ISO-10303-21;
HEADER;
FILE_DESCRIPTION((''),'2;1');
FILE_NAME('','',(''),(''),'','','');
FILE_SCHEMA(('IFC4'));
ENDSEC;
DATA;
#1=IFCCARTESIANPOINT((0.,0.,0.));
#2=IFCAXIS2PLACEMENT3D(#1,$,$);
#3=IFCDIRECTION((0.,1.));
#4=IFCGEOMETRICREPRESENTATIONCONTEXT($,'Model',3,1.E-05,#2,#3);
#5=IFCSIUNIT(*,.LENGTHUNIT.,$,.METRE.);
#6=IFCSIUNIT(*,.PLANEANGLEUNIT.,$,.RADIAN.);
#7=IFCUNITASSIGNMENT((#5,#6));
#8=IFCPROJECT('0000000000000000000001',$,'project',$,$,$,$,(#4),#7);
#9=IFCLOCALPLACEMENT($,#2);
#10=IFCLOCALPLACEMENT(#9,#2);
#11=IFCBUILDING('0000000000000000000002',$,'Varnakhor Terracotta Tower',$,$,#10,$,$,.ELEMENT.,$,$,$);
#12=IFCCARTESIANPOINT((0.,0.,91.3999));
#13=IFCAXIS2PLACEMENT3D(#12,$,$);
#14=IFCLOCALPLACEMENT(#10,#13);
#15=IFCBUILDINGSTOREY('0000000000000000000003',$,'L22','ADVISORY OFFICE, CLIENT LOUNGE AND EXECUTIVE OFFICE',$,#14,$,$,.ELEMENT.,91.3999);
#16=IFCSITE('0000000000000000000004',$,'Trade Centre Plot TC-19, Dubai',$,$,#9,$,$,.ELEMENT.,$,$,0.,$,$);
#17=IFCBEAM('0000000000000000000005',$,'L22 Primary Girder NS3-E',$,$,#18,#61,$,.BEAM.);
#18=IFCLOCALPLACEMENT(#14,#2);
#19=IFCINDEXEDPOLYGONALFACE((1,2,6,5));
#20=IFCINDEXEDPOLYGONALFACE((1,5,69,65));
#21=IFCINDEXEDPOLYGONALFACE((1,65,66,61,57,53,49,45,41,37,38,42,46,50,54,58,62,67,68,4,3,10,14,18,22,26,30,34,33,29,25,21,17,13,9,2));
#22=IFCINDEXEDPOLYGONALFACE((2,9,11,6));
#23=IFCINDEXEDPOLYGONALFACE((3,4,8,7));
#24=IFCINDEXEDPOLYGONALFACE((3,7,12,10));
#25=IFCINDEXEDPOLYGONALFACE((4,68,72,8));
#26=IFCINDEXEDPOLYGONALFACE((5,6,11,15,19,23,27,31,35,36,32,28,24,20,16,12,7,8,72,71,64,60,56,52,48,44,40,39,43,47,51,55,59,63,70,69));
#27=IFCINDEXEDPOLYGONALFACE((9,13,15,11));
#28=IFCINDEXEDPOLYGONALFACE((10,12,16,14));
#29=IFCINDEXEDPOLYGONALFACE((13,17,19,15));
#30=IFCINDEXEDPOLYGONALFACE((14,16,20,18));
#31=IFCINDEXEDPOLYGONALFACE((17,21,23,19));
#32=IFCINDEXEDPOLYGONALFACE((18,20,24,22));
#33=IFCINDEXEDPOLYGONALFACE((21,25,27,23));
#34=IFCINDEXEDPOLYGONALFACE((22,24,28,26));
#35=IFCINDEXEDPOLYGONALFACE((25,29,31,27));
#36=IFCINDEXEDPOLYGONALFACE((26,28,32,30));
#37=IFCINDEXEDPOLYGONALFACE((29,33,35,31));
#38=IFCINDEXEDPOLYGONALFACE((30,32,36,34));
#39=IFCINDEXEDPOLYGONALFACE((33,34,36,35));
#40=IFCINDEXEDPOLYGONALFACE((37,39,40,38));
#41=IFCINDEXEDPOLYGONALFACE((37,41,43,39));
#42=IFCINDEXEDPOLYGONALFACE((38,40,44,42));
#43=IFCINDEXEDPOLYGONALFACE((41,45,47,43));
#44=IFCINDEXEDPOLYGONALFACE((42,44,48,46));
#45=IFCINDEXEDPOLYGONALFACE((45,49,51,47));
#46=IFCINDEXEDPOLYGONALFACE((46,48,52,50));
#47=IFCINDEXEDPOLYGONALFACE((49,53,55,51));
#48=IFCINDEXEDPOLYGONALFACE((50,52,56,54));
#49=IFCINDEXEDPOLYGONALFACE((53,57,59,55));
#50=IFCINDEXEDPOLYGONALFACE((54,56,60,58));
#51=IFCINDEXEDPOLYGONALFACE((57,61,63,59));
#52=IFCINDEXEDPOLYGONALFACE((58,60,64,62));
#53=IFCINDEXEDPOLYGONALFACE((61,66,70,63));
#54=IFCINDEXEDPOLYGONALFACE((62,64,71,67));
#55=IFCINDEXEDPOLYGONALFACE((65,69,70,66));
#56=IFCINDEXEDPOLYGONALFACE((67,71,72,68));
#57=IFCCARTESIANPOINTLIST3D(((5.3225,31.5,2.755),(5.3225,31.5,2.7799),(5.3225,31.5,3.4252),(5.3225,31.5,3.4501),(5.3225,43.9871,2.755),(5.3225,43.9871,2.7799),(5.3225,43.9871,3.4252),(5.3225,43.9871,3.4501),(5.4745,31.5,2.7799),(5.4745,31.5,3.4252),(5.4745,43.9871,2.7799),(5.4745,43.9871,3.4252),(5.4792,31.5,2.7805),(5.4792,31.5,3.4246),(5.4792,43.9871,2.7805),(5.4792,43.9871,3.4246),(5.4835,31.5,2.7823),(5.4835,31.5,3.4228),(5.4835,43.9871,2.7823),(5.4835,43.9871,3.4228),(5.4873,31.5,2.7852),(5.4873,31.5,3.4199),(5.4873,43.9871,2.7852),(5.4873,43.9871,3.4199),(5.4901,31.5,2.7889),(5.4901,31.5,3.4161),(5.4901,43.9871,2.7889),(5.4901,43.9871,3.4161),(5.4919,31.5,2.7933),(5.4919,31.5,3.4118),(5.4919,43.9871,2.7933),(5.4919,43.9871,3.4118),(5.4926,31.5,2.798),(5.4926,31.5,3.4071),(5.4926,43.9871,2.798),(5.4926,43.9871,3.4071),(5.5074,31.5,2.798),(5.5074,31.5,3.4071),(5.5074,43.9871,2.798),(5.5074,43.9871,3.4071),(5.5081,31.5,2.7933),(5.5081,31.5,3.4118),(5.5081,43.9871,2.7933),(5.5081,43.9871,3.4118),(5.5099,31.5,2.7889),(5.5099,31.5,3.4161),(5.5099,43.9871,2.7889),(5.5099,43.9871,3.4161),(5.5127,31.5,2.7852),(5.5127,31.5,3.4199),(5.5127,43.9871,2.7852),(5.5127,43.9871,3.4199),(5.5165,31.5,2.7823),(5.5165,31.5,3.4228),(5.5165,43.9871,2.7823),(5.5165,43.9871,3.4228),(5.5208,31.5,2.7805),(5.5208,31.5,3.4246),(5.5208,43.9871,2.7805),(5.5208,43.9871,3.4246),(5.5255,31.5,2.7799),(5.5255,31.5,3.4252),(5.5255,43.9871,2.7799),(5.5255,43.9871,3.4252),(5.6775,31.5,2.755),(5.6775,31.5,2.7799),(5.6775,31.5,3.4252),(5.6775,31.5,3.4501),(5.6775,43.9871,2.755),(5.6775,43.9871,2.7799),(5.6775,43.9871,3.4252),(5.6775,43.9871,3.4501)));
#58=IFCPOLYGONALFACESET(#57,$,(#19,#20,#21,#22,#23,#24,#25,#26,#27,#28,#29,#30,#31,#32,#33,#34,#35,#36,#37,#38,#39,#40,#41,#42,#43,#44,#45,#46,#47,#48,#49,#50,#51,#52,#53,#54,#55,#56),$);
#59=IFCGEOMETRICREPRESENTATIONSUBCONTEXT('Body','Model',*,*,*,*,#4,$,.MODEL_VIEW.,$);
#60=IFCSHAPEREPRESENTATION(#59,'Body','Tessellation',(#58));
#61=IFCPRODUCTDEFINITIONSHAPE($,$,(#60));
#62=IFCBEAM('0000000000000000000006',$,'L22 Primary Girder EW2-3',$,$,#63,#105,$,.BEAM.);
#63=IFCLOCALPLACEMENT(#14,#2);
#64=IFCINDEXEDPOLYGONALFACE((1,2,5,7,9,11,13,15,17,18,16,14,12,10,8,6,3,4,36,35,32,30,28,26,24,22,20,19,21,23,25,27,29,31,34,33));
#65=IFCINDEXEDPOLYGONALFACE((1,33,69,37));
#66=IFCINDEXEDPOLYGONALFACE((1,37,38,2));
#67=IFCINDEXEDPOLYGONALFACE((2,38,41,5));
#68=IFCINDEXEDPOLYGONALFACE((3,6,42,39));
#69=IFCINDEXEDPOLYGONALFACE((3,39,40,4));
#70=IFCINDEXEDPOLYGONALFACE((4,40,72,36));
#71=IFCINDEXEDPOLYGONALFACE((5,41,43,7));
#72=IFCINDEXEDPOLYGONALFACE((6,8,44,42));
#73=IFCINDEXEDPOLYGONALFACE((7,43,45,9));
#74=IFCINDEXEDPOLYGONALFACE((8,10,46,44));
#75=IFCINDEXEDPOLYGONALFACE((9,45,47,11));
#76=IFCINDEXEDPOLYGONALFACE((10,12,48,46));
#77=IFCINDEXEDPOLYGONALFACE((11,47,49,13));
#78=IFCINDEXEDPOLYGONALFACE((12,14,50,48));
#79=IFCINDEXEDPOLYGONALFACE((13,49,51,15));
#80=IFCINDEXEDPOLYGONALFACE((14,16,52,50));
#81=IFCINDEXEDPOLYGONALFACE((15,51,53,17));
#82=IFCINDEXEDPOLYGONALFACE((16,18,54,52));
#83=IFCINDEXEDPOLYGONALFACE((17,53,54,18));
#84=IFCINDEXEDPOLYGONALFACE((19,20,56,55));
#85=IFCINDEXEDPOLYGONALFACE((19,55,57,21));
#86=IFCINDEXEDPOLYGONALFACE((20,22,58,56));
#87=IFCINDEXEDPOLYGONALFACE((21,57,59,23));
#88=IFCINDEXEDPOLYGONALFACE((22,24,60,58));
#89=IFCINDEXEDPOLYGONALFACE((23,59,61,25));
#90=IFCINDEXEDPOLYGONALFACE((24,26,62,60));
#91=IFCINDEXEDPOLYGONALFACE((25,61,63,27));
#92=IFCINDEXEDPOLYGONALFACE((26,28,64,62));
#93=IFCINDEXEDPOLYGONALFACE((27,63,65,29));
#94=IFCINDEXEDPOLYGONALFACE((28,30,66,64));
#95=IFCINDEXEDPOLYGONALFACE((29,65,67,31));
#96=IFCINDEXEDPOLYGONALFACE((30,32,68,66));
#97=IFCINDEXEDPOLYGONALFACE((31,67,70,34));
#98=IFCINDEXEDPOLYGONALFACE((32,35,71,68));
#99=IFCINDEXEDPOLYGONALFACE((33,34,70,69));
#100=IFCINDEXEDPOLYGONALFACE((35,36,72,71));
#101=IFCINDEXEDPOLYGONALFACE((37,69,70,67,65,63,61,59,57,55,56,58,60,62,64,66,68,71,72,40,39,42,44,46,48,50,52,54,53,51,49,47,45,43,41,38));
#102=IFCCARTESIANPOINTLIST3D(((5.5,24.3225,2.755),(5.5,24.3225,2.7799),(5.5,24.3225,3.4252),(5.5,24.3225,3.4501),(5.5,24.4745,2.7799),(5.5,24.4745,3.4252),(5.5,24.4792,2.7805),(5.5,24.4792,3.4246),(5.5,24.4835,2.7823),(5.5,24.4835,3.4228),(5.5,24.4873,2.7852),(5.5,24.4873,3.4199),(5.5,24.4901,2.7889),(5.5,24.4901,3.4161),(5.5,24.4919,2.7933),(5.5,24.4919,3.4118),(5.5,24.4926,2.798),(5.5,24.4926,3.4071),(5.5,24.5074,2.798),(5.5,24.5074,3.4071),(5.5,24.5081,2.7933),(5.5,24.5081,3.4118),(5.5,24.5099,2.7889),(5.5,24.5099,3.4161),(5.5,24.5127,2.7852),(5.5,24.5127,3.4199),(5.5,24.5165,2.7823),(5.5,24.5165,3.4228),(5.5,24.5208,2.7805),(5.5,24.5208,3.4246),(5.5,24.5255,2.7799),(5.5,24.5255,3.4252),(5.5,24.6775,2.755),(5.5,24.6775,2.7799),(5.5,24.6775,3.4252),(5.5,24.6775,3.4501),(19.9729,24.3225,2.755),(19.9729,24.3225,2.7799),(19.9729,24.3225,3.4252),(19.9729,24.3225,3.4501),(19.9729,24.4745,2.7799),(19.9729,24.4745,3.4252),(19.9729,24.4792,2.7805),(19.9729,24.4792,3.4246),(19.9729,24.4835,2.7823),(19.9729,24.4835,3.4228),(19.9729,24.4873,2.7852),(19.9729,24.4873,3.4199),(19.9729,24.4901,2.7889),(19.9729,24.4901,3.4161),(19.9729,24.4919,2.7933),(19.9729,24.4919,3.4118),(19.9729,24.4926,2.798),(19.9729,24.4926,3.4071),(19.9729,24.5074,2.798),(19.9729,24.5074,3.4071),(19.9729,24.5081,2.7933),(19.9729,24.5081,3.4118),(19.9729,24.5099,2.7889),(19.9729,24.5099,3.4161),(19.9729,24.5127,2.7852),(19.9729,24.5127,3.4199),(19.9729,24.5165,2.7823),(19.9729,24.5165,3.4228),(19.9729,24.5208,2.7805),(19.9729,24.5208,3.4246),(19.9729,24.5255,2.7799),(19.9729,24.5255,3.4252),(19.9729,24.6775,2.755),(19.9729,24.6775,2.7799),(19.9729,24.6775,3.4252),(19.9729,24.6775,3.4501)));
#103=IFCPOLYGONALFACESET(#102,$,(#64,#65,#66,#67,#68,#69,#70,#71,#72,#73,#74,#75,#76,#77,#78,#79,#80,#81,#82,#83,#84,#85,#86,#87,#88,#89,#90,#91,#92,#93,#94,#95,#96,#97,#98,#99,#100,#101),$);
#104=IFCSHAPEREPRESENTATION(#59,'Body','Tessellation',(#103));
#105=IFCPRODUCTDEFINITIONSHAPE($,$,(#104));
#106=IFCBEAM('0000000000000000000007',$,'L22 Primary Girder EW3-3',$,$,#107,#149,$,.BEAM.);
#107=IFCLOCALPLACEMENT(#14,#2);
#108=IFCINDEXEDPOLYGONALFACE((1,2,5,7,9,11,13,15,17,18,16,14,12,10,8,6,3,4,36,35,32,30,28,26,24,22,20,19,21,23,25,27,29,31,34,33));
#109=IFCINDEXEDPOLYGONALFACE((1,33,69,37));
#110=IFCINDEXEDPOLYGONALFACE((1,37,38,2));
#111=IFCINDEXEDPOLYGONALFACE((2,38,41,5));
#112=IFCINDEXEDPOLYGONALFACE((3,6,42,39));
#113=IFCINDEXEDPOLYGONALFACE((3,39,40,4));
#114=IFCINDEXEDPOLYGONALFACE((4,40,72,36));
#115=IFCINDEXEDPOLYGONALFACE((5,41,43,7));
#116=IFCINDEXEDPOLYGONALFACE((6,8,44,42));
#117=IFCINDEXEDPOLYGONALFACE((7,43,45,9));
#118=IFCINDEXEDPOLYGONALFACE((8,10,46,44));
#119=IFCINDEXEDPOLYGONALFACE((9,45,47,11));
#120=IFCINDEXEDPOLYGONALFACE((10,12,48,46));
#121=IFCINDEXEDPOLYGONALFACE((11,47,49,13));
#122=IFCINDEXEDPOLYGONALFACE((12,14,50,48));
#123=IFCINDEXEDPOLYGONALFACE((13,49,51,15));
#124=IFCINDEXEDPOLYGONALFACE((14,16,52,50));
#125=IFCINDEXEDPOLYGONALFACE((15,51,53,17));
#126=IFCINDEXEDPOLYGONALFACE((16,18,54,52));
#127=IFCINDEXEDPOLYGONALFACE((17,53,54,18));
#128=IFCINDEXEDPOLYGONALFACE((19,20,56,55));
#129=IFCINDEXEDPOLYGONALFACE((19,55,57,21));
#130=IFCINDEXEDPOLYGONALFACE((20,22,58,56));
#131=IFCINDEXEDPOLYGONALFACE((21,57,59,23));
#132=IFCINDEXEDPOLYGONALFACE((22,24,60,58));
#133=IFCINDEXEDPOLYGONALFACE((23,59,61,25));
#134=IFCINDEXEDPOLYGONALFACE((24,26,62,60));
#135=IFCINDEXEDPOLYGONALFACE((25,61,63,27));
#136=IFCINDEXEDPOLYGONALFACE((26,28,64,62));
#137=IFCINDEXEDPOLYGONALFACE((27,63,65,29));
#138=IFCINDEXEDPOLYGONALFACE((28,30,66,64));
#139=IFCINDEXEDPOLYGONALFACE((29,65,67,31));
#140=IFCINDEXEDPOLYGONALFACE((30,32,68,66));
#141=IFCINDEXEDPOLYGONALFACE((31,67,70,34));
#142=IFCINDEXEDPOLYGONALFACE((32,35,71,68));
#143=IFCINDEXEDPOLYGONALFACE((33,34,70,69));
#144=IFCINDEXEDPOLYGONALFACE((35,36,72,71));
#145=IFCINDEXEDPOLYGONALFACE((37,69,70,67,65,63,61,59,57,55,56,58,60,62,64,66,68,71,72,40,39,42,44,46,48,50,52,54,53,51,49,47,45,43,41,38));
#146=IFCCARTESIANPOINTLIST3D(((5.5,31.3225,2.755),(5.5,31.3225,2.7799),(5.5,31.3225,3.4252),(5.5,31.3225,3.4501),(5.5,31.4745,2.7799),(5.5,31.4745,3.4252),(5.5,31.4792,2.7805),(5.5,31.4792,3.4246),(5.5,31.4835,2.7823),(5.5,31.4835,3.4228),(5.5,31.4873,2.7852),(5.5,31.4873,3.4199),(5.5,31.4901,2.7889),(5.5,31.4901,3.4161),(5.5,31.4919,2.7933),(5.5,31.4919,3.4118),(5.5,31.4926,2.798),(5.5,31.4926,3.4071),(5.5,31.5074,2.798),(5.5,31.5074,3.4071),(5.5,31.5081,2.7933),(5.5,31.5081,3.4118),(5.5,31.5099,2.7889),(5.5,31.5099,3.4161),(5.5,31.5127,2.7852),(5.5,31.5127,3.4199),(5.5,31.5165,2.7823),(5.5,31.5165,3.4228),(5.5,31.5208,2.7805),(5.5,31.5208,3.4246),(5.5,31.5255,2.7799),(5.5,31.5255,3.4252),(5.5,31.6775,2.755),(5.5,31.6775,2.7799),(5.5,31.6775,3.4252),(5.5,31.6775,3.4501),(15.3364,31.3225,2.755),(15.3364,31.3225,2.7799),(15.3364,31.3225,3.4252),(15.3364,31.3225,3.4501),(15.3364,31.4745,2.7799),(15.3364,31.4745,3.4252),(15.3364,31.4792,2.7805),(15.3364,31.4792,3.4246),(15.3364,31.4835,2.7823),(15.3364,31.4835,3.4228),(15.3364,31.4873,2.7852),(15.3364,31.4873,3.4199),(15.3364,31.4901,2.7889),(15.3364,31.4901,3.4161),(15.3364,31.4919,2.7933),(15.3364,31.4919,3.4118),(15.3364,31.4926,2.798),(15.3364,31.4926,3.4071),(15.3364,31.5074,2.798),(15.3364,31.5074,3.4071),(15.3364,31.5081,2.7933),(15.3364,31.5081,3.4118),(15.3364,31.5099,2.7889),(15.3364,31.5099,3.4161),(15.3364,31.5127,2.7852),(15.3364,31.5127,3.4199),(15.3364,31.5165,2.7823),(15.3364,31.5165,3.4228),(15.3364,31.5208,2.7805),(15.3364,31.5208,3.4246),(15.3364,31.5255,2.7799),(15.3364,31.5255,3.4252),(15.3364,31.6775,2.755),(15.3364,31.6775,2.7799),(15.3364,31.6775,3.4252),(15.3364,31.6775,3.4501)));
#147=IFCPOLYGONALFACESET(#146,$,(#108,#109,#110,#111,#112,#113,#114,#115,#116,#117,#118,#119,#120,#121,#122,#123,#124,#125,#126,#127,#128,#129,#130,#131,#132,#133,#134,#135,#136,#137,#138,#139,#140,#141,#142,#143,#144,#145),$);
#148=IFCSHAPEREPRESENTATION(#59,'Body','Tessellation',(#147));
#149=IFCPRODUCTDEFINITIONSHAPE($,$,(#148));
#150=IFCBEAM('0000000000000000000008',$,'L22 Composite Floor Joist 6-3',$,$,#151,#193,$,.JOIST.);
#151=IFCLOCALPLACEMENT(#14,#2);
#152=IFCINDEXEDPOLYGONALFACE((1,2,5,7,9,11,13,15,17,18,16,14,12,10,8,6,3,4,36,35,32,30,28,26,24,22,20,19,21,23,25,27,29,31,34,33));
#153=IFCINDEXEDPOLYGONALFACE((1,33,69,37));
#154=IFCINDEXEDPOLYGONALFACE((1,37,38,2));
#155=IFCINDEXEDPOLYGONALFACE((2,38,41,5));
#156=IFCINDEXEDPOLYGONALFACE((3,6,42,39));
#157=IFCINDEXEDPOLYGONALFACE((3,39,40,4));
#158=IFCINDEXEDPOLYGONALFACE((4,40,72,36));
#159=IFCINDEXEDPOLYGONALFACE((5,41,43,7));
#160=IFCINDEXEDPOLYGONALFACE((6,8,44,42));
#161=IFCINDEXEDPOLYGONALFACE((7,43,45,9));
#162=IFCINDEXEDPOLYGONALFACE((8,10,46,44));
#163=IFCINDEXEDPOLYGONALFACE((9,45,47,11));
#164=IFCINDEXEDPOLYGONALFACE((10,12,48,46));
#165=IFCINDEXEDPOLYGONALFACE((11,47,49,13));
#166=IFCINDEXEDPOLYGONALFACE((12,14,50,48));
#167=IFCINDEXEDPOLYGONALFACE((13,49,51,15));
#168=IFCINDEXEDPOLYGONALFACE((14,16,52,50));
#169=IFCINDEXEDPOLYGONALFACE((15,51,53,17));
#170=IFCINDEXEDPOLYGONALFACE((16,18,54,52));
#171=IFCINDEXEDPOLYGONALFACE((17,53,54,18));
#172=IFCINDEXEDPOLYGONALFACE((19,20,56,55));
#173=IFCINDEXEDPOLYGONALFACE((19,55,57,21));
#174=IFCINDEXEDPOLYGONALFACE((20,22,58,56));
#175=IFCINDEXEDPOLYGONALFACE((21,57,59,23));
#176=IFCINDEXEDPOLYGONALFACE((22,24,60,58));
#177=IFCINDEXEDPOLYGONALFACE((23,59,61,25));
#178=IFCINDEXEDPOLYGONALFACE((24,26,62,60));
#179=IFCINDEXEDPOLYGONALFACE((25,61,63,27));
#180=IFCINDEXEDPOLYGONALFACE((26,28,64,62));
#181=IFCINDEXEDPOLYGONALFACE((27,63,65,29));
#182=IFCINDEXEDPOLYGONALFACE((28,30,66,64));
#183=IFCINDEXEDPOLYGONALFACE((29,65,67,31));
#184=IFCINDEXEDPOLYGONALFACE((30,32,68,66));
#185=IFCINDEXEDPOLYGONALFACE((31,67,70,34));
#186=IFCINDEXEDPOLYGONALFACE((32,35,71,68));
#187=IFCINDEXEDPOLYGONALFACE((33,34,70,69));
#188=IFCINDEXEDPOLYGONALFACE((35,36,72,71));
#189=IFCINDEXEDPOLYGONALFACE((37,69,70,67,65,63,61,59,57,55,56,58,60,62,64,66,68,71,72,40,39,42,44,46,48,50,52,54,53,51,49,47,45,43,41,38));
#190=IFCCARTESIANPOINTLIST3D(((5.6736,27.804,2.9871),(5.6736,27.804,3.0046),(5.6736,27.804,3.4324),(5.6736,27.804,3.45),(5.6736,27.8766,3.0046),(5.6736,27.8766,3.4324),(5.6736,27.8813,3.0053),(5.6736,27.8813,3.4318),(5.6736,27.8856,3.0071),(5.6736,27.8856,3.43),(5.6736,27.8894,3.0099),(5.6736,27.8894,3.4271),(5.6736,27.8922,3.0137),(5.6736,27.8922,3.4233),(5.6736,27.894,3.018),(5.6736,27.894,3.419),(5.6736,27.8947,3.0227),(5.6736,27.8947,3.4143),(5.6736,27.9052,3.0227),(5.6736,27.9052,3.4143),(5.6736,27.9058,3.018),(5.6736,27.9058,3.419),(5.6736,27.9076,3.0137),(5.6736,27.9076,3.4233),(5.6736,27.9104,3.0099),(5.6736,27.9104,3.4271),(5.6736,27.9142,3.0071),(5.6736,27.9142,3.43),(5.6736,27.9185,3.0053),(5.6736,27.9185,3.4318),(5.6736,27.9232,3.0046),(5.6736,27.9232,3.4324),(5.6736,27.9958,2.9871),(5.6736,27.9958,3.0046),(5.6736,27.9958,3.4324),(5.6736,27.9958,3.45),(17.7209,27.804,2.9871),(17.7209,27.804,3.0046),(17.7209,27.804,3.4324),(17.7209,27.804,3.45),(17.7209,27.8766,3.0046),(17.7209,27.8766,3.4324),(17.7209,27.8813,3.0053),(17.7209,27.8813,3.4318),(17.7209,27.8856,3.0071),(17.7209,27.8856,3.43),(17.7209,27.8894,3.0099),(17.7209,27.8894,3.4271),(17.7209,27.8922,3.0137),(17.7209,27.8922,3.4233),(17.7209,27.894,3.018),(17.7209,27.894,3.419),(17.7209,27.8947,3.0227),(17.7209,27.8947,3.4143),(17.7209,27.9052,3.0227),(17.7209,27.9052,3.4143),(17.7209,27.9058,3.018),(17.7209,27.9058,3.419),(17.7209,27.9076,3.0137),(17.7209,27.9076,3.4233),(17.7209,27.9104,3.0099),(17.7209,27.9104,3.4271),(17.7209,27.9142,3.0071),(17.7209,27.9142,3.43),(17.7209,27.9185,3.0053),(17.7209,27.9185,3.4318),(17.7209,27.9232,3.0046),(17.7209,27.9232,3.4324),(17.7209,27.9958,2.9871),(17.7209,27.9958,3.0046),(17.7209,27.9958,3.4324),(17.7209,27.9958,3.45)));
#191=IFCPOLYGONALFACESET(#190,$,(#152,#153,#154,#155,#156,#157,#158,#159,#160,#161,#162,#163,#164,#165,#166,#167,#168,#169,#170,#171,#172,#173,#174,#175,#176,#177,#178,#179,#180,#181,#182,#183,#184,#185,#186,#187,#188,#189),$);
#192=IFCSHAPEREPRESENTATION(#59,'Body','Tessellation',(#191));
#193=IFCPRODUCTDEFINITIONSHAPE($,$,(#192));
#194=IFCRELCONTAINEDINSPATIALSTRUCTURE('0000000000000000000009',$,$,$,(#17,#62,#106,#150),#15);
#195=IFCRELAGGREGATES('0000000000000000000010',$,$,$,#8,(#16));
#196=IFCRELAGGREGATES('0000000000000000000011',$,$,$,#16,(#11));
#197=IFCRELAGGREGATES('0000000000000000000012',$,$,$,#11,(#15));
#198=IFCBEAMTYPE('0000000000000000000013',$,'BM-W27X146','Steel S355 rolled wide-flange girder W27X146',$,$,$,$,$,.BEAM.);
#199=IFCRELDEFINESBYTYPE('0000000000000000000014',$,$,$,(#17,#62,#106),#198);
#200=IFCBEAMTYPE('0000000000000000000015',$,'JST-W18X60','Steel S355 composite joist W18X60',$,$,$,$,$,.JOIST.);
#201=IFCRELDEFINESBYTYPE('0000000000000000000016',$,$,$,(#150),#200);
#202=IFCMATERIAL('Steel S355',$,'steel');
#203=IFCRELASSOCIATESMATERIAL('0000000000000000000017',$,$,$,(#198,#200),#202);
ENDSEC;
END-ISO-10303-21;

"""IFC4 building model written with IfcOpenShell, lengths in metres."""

from ifc_helpers import new_model, si_unit, direction, frame, origin, origin_2d, place, context, subcontext, project, spatial, i_section, extrude, source, transform, mapped, material, material_profile, profile_set, type_object, element, save


model = new_model("IFC4")

# Units and contexts
model_context = context("Model", 3, precision=1e-05, world=origin(), true_north=direction((0.0, 1.0)))
body_context = subcontext(model_context, "Body", "Model", "MODEL_VIEW")
ifc_project = project(units=[si_unit("LENGTHUNIT", "METRE"), si_unit("PLANEANGLEUNIT", "RADIAN")], contexts=[model_context])

# Site, building, storey
site_placement = place(None, origin())
site = spatial("IfcSite", under=ifc_project, at=site_placement, Name="Trade Centre Plot TC-19, Dubai", CompositionType="ELEMENT", RefElevation=0.0)
building_placement = place(site_placement, origin())
building = spatial("IfcBuilding", under=site, at=building_placement, Name="Varnakhor Terracotta Tower", CompositionType="ELEMENT")
storey_placement = place(building_placement, frame((0.0, 0.0, 91.3999)))
storey = spatial("IfcBuildingStorey", under=building, at=storey_placement, Name="L22", Description="ADVISORY OFFICE, CLIENT LOUNGE AND EXECUTIVE OFFICE", CompositionType="ELEMENT", Elevation=91.3999)

# Beams
ifc_material_1 = material(Name="Steel S355", Category="steel")
ifc_material_profile_1 = material_profile(ifc_material_1, i_section(OverallWidth=0.355, OverallDepth=0.6951, WebThickness=0.0149, FlangeThickness=0.0249, FilletRadius=0.0181, at=origin_2d()), Name="W27X146")
ifc_profile_set_1 = profile_set([ifc_material_profile_1], Name="Steel S355")
beam_type_1 = type_object("IfcBeamType", Name="BM-W27X146", Description="Steel S355 rolled wide-flange girder W27X146", PredefinedType="BEAM", material=ifc_profile_set_1)
shared_shape_1 = source(origin(), body_context, "Body", "SweptSolid", [
    extrude(i_section(OverallWidth=0.355, OverallDepth=0.6951, WebThickness=0.0149, FlangeThickness=0.0249, FilletRadius=0.0181, at=origin_2d()), origin(), (0.0, 0.0, 1.0), 12.4871),
])
beam_1_placement = place(storey_placement, frame((5.5, 31.5, 3.1025), z_axis=(0.0, 1.0, 0.0), x_axis=(-1.0, 0.0, 0.0)))
element("IfcBeam", 1, at=beam_1_placement, inside=storey, type_object=beam_type_1, Name="L22 Primary Girder NS3-E", PredefinedType="BEAM", context=body_context, shape_type="MappedRepresentation", body=[
    mapped(shared_shape_1, transform((0.0, 0.0, 0.0), scale=1.0)),
])
shared_shape_2 = source(origin(), body_context, "Body", "SweptSolid", [
    extrude(i_section(OverallWidth=0.355, OverallDepth=0.6951, WebThickness=0.0149, FlangeThickness=0.0249, FilletRadius=0.0181, at=origin_2d()), origin(), (0.0, 0.0, 1.0), 14.4729),
])
beam_2_placement = place(storey_placement, frame((5.5, 24.5, 3.1025), z_axis=(1.0, 0.0, 0.0), x_axis=(0.0, 1.0, 0.0)))
element("IfcBeam", 2, at=beam_2_placement, inside=storey, type_object=beam_type_1, Name="L22 Primary Girder EW2-3", PredefinedType="BEAM", context=body_context, shape_type="MappedRepresentation", body=[
    mapped(shared_shape_2, transform((0.0, 0.0, 0.0), scale=1.0)),
])
shared_shape_3 = source(origin(), body_context, "Body", "SweptSolid", [
    extrude(i_section(OverallWidth=0.355, OverallDepth=0.6951, WebThickness=0.0149, FlangeThickness=0.0249, FilletRadius=0.0181, at=origin_2d()), origin(), (0.0, 0.0, 1.0), 9.8364),
])
beam_3_placement = place(storey_placement, frame((5.5, 31.5, 3.1025), z_axis=(1.0, 0.0, 0.0), x_axis=(0.0, 1.0, 0.0)))
element("IfcBeam", 3, at=beam_3_placement, inside=storey, type_object=beam_type_1, Name="L22 Primary Girder EW3-3", PredefinedType="BEAM", context=body_context, shape_type="MappedRepresentation", body=[
    mapped(shared_shape_3, transform((0.0, 0.0, 0.0), scale=1.0)),
])
ifc_material_profile_2 = material_profile(ifc_material_1, i_section(OverallWidth=0.1919, OverallDepth=0.4629, WebThickness=0.0105, FlangeThickness=0.0176, FilletRadius=0.0181, at=origin_2d()), Name="W18X60")
ifc_profile_set_2 = profile_set([ifc_material_profile_2], Name="Steel S355")
beam_type_2 = type_object("IfcBeamType", Name="JST-W18X60", Description="Steel S355 composite joist W18X60", PredefinedType="JOIST", material=ifc_profile_set_2)
shared_shape_4 = source(origin(), body_context, "Body", "SweptSolid", [
    extrude(i_section(OverallWidth=0.1919, OverallDepth=0.4629, WebThickness=0.0105, FlangeThickness=0.0176, FilletRadius=0.0181, at=origin_2d()), origin(), (0.0, 0.0, 1.0), 12.0474),
])
beam_4_placement = place(storey_placement, frame((5.6736, 27.8999, 3.2185), z_axis=(1.0, 0.0, 0.0), x_axis=(0.0, 1.0, 0.0)))
element("IfcBeam", 4, at=beam_4_placement, inside=storey, type_object=beam_type_2, Name="L22 Composite Floor Joist 6-3", PredefinedType="JOIST", context=body_context, shape_type="MappedRepresentation", body=[
    mapped(shared_shape_4, transform((0.0, 0.0, 0.0), scale=1.0)),
])

save(model, "model.ifc")
